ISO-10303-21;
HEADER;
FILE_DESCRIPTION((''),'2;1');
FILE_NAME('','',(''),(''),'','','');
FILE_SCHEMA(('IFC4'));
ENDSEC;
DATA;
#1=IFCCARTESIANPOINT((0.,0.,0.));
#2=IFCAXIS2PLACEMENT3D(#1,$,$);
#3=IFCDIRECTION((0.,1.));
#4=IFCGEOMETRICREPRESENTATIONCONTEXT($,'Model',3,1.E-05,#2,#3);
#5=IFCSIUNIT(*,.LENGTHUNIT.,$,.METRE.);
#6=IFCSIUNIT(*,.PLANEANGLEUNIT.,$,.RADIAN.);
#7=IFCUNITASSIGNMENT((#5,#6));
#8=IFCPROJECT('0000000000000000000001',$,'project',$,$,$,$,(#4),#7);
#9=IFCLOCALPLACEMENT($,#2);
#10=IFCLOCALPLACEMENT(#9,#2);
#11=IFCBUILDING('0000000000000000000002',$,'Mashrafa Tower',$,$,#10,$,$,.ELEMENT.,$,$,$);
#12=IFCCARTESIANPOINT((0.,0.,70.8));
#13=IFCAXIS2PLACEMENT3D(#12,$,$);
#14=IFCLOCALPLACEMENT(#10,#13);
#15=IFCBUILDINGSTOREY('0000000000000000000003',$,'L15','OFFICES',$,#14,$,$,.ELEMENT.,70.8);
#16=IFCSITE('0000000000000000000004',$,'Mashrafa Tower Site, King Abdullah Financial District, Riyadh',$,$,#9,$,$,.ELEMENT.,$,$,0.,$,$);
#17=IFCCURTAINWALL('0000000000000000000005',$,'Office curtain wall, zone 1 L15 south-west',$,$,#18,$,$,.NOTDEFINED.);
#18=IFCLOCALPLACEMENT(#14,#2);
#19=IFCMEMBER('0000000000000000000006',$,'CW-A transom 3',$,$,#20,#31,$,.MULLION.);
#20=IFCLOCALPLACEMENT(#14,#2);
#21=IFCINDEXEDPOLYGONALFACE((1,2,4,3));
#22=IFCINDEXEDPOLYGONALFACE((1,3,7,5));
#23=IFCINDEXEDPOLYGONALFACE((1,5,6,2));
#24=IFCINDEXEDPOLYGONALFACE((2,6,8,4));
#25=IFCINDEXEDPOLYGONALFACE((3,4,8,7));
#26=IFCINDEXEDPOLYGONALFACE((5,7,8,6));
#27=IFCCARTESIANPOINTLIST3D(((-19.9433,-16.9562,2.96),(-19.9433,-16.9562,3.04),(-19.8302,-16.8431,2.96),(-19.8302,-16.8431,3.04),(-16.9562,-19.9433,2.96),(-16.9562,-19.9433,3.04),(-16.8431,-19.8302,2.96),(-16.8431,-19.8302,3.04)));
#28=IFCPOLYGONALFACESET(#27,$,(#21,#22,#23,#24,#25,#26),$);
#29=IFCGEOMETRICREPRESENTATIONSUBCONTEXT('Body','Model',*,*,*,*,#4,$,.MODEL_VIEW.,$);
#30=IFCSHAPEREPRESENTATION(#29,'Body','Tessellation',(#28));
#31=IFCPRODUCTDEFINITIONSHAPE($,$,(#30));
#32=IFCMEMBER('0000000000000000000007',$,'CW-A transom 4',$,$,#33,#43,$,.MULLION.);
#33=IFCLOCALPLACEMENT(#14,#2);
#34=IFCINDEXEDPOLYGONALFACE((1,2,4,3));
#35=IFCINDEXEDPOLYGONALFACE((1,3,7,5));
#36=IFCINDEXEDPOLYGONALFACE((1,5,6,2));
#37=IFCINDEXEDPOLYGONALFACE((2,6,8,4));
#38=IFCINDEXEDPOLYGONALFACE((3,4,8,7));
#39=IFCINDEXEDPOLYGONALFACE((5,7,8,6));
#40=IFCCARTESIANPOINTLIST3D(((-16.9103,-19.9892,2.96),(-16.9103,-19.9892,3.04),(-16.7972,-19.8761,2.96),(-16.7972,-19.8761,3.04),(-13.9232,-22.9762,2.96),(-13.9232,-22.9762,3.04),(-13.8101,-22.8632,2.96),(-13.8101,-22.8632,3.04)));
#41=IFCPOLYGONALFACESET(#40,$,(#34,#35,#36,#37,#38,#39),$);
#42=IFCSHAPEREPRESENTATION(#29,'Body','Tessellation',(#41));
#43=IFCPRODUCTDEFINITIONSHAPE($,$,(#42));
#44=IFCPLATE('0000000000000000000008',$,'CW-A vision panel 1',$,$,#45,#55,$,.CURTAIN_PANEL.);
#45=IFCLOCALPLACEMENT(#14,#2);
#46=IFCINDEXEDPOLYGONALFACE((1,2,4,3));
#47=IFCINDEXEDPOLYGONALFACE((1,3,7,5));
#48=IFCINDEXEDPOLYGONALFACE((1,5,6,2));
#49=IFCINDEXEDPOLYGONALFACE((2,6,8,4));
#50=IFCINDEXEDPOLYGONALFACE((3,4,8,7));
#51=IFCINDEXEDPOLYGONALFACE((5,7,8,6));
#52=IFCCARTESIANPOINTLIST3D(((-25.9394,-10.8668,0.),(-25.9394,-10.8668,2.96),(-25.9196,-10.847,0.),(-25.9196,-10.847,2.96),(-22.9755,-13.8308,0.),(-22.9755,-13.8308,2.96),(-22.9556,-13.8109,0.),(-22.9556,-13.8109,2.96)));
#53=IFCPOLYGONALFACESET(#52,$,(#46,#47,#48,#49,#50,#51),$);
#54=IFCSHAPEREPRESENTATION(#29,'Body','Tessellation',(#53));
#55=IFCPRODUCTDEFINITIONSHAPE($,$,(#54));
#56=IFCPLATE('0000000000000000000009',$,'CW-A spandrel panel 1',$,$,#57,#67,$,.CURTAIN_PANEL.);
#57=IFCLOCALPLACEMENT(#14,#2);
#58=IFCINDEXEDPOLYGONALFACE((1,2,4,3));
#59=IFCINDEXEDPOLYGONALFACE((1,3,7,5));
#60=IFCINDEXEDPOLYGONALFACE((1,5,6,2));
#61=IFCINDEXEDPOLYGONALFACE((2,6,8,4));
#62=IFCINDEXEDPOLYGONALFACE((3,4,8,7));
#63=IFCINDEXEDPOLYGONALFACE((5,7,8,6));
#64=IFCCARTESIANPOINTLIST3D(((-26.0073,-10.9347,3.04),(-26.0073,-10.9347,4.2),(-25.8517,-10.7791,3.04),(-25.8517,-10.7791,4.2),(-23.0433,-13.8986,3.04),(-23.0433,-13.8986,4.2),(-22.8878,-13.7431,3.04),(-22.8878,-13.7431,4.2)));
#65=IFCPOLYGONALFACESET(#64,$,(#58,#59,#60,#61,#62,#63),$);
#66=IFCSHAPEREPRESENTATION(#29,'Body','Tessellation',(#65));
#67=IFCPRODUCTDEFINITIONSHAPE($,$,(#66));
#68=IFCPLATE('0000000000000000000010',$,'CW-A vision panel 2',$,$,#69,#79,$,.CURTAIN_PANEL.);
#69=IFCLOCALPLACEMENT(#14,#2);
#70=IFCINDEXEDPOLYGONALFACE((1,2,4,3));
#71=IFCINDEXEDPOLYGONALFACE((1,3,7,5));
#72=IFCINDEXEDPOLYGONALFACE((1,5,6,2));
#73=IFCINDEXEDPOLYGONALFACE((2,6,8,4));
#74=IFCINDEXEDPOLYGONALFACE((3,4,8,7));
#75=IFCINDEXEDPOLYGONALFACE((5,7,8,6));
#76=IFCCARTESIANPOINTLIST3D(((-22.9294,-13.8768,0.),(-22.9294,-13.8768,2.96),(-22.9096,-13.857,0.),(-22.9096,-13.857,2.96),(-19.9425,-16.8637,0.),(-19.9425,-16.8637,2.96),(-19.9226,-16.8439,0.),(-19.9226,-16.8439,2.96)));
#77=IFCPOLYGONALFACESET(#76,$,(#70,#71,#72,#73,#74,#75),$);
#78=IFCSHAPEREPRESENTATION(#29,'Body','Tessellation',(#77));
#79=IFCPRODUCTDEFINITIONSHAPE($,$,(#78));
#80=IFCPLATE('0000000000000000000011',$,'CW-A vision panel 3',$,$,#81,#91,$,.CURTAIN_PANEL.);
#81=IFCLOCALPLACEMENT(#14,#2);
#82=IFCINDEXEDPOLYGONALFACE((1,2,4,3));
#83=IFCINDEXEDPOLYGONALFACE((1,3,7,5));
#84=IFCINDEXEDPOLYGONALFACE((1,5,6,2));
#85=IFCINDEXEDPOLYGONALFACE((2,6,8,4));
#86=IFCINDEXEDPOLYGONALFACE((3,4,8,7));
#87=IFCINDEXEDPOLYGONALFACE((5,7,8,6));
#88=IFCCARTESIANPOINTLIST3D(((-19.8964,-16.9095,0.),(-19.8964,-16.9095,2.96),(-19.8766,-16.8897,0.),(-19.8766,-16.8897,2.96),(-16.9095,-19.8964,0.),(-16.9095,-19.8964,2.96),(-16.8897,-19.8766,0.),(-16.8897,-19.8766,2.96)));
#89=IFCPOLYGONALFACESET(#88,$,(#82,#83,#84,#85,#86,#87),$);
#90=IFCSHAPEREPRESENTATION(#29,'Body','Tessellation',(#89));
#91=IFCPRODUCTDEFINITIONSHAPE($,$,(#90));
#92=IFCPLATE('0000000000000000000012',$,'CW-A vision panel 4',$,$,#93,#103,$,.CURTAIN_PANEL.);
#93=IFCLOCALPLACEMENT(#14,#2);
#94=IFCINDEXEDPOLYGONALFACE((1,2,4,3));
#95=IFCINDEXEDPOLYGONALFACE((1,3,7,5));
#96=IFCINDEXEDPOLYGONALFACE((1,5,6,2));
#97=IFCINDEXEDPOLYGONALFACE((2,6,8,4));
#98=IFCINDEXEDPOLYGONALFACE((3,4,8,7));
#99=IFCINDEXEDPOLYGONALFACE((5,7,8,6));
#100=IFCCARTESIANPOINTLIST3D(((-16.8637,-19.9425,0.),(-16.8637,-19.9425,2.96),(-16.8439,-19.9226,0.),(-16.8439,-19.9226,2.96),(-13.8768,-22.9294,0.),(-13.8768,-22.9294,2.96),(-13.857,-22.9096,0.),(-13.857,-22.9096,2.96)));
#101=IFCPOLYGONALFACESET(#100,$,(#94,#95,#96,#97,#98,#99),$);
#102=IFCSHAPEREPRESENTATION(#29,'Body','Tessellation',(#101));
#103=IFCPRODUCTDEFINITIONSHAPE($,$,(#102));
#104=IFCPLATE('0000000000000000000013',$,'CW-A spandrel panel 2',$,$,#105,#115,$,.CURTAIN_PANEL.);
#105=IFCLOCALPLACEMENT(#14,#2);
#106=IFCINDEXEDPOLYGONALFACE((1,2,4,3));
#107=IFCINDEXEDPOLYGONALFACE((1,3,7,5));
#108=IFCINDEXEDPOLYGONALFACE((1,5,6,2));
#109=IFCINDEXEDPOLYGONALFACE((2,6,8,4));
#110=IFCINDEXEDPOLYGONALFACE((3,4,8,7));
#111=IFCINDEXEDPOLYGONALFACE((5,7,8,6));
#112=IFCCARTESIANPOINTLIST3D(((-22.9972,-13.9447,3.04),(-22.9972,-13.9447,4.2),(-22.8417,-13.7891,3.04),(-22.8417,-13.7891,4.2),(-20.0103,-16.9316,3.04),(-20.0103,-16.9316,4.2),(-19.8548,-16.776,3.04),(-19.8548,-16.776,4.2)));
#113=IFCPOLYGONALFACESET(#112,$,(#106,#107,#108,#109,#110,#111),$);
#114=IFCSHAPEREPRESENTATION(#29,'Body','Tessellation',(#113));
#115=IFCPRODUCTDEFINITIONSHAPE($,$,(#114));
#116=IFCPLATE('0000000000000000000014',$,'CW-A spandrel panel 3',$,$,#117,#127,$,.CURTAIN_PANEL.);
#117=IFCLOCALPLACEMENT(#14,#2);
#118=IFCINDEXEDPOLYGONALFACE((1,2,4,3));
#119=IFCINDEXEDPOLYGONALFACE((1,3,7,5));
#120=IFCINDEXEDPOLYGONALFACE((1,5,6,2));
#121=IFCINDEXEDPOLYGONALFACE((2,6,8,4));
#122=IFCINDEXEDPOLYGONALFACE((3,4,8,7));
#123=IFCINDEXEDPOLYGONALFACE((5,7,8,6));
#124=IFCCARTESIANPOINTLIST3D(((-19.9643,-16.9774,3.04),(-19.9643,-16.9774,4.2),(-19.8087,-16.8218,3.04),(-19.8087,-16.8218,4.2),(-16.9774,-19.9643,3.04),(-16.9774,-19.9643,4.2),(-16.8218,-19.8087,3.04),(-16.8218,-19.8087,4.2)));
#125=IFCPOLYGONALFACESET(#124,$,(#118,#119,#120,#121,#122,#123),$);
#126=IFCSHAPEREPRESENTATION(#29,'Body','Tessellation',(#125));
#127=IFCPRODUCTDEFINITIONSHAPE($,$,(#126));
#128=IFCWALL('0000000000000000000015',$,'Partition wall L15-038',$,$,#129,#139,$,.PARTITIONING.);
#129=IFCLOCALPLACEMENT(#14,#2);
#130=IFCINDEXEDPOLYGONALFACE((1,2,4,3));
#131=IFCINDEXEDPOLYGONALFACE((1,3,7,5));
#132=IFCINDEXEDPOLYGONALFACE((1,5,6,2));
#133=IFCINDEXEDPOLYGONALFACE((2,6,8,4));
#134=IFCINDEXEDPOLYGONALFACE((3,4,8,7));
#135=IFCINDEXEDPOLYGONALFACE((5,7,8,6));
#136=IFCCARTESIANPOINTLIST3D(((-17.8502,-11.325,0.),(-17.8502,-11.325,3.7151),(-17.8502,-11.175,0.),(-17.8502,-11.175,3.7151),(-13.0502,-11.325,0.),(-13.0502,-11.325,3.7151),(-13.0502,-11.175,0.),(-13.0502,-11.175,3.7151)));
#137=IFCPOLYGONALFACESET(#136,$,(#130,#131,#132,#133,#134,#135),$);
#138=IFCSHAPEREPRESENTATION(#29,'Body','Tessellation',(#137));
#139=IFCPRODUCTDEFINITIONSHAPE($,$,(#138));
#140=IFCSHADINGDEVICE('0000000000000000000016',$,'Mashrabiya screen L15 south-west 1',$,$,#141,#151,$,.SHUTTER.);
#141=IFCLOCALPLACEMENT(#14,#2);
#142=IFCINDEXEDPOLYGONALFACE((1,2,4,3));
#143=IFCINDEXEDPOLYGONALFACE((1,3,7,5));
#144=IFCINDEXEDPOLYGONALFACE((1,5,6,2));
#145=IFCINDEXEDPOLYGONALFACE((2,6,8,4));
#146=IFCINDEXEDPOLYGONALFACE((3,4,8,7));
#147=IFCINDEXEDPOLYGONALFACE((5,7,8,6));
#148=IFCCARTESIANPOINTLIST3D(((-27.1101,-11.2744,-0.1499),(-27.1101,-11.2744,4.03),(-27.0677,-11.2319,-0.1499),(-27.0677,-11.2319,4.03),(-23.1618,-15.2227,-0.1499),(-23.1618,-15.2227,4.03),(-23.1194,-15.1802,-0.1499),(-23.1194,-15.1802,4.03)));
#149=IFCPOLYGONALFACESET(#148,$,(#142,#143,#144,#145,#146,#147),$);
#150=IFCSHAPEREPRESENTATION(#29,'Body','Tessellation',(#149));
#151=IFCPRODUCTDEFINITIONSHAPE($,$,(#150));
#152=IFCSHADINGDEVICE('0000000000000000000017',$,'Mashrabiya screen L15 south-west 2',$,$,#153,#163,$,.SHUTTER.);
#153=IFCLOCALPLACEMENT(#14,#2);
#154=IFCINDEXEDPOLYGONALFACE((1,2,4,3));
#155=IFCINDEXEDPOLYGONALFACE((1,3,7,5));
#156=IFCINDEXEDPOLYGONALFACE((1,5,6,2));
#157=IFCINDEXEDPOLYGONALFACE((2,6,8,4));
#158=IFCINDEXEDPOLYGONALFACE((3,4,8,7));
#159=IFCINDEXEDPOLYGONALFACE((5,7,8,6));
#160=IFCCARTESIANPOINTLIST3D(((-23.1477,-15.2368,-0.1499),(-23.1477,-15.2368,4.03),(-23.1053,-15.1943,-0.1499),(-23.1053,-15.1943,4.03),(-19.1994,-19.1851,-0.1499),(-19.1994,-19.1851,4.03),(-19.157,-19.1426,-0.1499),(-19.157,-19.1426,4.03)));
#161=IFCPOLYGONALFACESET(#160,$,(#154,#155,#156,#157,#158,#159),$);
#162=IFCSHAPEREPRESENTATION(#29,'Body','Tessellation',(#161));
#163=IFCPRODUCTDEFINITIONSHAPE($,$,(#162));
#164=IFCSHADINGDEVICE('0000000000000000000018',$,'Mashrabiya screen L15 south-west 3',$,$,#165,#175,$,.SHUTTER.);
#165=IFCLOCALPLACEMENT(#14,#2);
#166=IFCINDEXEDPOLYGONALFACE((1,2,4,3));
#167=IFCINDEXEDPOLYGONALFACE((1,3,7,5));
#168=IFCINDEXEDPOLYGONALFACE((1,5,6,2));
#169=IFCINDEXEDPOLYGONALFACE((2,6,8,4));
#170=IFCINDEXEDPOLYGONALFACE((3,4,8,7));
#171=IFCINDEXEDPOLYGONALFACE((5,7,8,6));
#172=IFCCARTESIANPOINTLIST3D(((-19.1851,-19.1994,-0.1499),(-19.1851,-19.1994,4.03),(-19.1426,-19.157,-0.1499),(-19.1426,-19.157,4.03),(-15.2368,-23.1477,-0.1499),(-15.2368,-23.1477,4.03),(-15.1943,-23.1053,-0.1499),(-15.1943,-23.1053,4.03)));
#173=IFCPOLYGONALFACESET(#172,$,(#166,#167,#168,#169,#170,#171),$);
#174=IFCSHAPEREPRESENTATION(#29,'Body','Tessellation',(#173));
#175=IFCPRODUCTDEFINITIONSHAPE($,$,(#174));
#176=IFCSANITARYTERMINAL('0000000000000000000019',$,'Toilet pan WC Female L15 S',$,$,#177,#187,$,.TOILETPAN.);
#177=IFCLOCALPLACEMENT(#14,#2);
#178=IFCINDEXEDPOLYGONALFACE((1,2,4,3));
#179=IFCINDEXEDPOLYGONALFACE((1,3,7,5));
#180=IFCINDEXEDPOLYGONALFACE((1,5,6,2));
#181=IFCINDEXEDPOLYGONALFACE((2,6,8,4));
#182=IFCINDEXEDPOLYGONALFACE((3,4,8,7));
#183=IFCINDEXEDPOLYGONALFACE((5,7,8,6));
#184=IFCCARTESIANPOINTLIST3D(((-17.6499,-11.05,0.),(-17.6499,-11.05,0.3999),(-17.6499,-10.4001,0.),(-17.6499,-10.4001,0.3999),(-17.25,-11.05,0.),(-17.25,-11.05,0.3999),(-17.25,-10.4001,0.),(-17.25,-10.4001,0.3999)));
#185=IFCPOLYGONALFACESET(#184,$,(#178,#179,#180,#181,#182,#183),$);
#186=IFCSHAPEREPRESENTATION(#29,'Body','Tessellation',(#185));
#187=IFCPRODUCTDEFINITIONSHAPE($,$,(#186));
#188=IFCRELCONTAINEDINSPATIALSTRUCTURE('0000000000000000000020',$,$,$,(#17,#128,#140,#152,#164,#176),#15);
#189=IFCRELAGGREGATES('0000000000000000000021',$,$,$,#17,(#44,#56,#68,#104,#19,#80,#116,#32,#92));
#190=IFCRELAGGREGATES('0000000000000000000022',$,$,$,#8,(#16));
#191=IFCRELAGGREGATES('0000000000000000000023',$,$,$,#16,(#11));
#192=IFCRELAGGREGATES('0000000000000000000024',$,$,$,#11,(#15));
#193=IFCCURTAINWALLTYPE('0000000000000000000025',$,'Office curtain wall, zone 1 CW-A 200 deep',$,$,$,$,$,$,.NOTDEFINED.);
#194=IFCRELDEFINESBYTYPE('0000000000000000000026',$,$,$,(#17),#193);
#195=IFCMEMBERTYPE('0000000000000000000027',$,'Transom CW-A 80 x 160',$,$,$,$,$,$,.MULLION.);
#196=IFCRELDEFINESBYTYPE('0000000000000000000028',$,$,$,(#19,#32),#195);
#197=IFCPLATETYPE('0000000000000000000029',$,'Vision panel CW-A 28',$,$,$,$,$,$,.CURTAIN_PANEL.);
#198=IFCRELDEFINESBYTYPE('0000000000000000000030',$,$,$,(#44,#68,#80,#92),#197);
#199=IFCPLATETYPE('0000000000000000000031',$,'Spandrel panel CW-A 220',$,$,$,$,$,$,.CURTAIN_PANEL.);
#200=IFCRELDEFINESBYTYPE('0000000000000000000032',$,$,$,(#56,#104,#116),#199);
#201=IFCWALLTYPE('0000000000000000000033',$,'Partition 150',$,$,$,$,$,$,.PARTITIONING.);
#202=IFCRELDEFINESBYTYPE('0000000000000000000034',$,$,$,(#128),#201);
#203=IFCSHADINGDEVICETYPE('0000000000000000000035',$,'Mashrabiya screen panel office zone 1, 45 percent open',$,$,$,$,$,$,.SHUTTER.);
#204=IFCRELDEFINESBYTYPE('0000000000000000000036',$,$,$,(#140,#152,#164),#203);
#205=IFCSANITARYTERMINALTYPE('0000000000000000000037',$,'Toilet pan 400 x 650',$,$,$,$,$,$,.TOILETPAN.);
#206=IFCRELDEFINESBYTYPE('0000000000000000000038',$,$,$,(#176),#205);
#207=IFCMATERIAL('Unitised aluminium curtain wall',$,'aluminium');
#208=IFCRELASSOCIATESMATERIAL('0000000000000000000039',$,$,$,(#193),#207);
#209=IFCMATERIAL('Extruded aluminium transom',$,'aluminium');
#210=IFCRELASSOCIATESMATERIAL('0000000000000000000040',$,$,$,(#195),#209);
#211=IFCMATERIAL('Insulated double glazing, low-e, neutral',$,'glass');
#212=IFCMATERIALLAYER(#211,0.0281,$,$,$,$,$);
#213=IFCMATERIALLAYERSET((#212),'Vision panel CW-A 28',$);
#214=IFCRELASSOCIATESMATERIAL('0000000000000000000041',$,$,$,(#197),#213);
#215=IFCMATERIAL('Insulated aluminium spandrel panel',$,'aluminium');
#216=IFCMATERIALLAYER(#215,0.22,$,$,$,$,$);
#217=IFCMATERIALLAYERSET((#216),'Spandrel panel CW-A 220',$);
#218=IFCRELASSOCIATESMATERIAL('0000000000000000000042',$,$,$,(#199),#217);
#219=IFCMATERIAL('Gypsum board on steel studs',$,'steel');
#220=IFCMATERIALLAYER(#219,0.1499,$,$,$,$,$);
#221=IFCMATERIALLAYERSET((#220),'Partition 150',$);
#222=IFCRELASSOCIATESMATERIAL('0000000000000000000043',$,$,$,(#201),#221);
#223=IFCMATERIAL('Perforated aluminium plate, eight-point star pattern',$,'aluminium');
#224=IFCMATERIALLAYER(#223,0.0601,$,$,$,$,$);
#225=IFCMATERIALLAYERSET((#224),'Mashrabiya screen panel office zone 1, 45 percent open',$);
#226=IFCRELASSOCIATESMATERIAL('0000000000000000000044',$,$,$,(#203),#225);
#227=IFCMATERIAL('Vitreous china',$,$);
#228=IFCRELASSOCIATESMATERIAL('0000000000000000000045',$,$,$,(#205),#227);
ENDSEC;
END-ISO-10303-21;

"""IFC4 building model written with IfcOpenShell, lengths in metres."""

from ifc_helpers import new_model, si_unit, direction, frame, frame_2d, origin, origin_2d, place, context, subcontext, project, spatial, rectangle, extrude, source, transform, mapped, material, layer, layer_set, material_profile, profile_set, type_object, type_shapes, element, aggregate, save


model = new_model("IFC4")

# Units and contexts
model_context = context("Model", 3, precision=1e-05, world=origin(), true_north=direction((0.0, 1.0)))
body_context = subcontext(model_context, "Body", "Model", "MODEL_VIEW")
ifc_project = project(units=[si_unit("LENGTHUNIT", "METRE"), si_unit("PLANEANGLEUNIT", "RADIAN")], contexts=[model_context])

# Site, building, storey
site_placement = place(None, origin())
site = spatial("IfcSite", under=ifc_project, at=site_placement, Name="Mashrafa Tower Site, King Abdullah Financial District, Riyadh", CompositionType="ELEMENT", RefElevation=0.0)
building_placement = place(site_placement, origin())
building = spatial("IfcBuilding", under=site, at=building_placement, Name="Mashrafa Tower", CompositionType="ELEMENT")
storey_placement = place(building_placement, frame((0.0, 0.0, 70.8)))
storey = spatial("IfcBuildingStorey", under=building, at=storey_placement, Name="L15", Description="OFFICES", CompositionType="ELEMENT", Elevation=70.8)

# Shared definitions
ifc_material_1 = material(Name="Unitised aluminium curtain wall", Category="aluminium")
curtain_wall_type = type_object("IfcCurtainWallType", Name="Office curtain wall, zone 1 CW-A 200 deep", PredefinedType="NOTDEFINED", material=ifc_material_1)

# Curtain wall, members, plates
curtain_wall_1_placement = place(storey_placement, origin())
curtain_wall_1 = element("IfcCurtainWall", 1, at=curtain_wall_1_placement, inside=storey, type_object=curtain_wall_type, Name="Office curtain wall, zone 1 L15 south-west", PredefinedType="NOTDEFINED")
ifc_material_2 = material(Name="Extruded aluminium transom", Category="aluminium")
ifc_material_profile_1 = material_profile(ifc_material_2, rectangle(XDim=0.1599, YDim=0.0801, at=origin_2d()), Name="Transom 80x160")
ifc_profile_set_1 = profile_set([ifc_material_profile_1], Name="Extruded aluminium transom")
member_type_1 = type_object("IfcMemberType", Name="Transom CW-A 80 x 160", PredefinedType="MULLION", material=ifc_profile_set_1)
shared_shape_1 = source(origin(), body_context, "Body", "SweptSolid", [
    extrude(rectangle(XDim=0.1599, YDim=0.0801, at=origin_2d()), origin(), (0.0, 0.0, 1.0), 4.2244),
])
member_1_placement = place(storey_placement, frame((-19.8867, -16.8997, 3.0), z_axis=(0.707107, -0.707107, 0.0), x_axis=(0.707107, 0.707107, 0.0)))
member_1 = element("IfcMember", 2, at=member_1_placement, type_object=member_type_1, Name="CW-A transom 3", PredefinedType="MULLION", context=body_context, shape_type="MappedRepresentation", body=[
    mapped(shared_shape_1, transform((0.0, 0.0, 0.0))),
])
member_2_placement = place(storey_placement, frame((-16.8538, -19.9326, 3.0), z_axis=(0.707107, -0.707107, 0.0), x_axis=(0.707107, 0.707107, 0.0)))
member_2 = element("IfcMember", 3, at=member_2_placement, type_object=member_type_1, Name="CW-A transom 4", PredefinedType="MULLION", context=body_context, shape_type="MappedRepresentation", body=[
    mapped(shared_shape_1, transform((0.0, 0.0, 0.0))),
])
ifc_material_3 = material(Name="Insulated double glazing, low-e, neutral", Category="glass")
ifc_layer_1 = layer(ifc_material_3, 0.0281)
ifc_layer_set_1 = layer_set([ifc_layer_1], Name="Vision panel CW-A 28")
plate_type_1 = type_object("IfcPlateType", Name="Vision panel CW-A 28", PredefinedType="CURTAIN_PANEL", material=ifc_layer_set_1)
shared_shape_2 = source(origin(), body_context, "Body", "SweptSolid", [
    extrude(rectangle(XDim=4.1917, YDim=0.0281, at=origin_2d()), origin(), (0.0, 0.0, 1.0), 2.96),
])
plate_1_placement = place(storey_placement, frame((-24.4475, -12.3389, 0.0), z_axis=(0.0, 0.0, 1.0), x_axis=(0.707107, -0.707107, 0.0)))
plate_1 = element("IfcPlate", 4, at=plate_1_placement, type_object=plate_type_1, Name="CW-A vision panel 1", PredefinedType="CURTAIN_PANEL", context=body_context, shape_type="MappedRepresentation", body=[
    mapped(shared_shape_2, transform((0.0, 0.0, 0.0))),
])
ifc_material_4 = material(Name="Insulated aluminium spandrel panel", Category="aluminium")
ifc_layer_2 = layer(ifc_material_4, 0.22)
ifc_layer_set_2 = layer_set([ifc_layer_2], Name="Spandrel panel CW-A 220")
plate_type_2 = type_object("IfcPlateType", Name="Spandrel panel CW-A 220", PredefinedType="CURTAIN_PANEL", material=ifc_layer_set_2)
shared_shape_3 = source(origin(), body_context, "Body", "SweptSolid", [
    extrude(rectangle(XDim=4.1917, YDim=0.22, at=origin_2d()), origin(), (0.0, 0.0, 1.0), 1.1599),
])
plate_2_placement = place(storey_placement, frame((-24.4475, -12.3389, 3.04), z_axis=(0.0, 0.0, 1.0), x_axis=(0.707107, -0.707107, 0.0)))
plate_2 = element("IfcPlate", 5, at=plate_2_placement, type_object=plate_type_2, Name="CW-A spandrel panel 1", PredefinedType="CURTAIN_PANEL", context=body_context, shape_type="MappedRepresentation", body=[
    mapped(shared_shape_3, transform((0.0, 0.0, 0.0))),
])
shared_shape_4 = source(origin(), body_context, "Body", "SweptSolid", [
    extrude(rectangle(XDim=4.2241, YDim=0.0281, at=origin_2d()), origin(), (0.0, 0.0, 1.0), 2.96),
])
type_shapes(plate_type_1, [shared_shape_2, shared_shape_4])
plate_3_placement = place(storey_placement, frame((-21.426, -15.3604, 0.0), z_axis=(0.0, 0.0, 1.0), x_axis=(0.707107, -0.707107, 0.0)))
plate_3 = element("IfcPlate", 6, at=plate_3_placement, type_object=plate_type_1, Name="CW-A vision panel 2", PredefinedType="CURTAIN_PANEL", context=body_context, shape_type="MappedRepresentation", body=[
    mapped(shared_shape_4, transform((0.0, 0.0, 0.0))),
])
plate_4_placement = place(storey_placement, frame((-18.3931, -18.3931, 0.0), z_axis=(0.0, 0.0, 1.0), x_axis=(0.707107, -0.707107, 0.0)))
plate_4 = element("IfcPlate", 7, at=plate_4_placement, type_object=plate_type_1, Name="CW-A vision panel 3", PredefinedType="CURTAIN_PANEL", context=body_context, shape_type="MappedRepresentation", body=[
    mapped(shared_shape_4, transform((0.0, 0.0, 0.0))),
])
plate_5_placement = place(storey_placement, frame((-15.3604, -21.426, 0.0), z_axis=(0.0, 0.0, 1.0), x_axis=(0.707107, -0.707107, 0.0)))
plate_5 = element("IfcPlate", 8, at=plate_5_placement, type_object=plate_type_1, Name="CW-A vision panel 4", PredefinedType="CURTAIN_PANEL", context=body_context, shape_type="MappedRepresentation", body=[
    mapped(shared_shape_4, transform((0.0, 0.0, 0.0))),
])
shared_shape_5 = source(origin(), body_context, "Body", "SweptSolid", [
    extrude(rectangle(XDim=4.2241, YDim=0.22, at=origin_2d()), origin(), (0.0, 0.0, 1.0), 1.1599),
])
type_shapes(plate_type_2, [shared_shape_3, shared_shape_5])
plate_6_placement = place(storey_placement, frame((-21.426, -15.3604, 3.04), z_axis=(0.0, 0.0, 1.0), x_axis=(0.707107, -0.707107, 0.0)))
plate_6 = element("IfcPlate", 9, at=plate_6_placement, type_object=plate_type_2, Name="CW-A spandrel panel 2", PredefinedType="CURTAIN_PANEL", context=body_context, shape_type="MappedRepresentation", body=[
    mapped(shared_shape_5, transform((0.0, 0.0, 0.0))),
])
plate_7_placement = place(storey_placement, frame((-18.3931, -18.3931, 3.04), z_axis=(0.0, 0.0, 1.0), x_axis=(0.707107, -0.707107, 0.0)))
plate_7 = element("IfcPlate", 10, at=plate_7_placement, type_object=plate_type_2, Name="CW-A spandrel panel 3", PredefinedType="CURTAIN_PANEL", context=body_context, shape_type="MappedRepresentation", body=[
    mapped(shared_shape_5, transform((0.0, 0.0, 0.0))),
])
aggregate(curtain_wall_1, [plate_1, plate_2, plate_3, plate_6, member_1, plate_4, plate_7, member_2, plate_5])

# Wall
ifc_material_5 = material(Name="Gypsum board on steel studs", Category="steel")
ifc_layer_3 = layer(ifc_material_5, 0.1499)
ifc_layer_set_3 = layer_set([ifc_layer_3], Name="Partition 150")
wall_type = type_object("IfcWallType", Name="Partition 150", PredefinedType="PARTITIONING", material=ifc_layer_set_3)
wall_placement = place(storey_placement, frame((-17.8501, -11.25, 0.0), z_axis=(0.0, 0.0, 1.0), x_axis=(1.0, 0.0, 0.0)))
element("IfcWall", 11, at=wall_placement, inside=storey, type_object=wall_type, Name="Partition wall L15-038", PredefinedType="PARTITIONING", context=body_context, shape_type="SweptSolid", body=[
    extrude(rectangle(XDim=4.8, YDim=0.1499, at=frame_2d((2.3999, 0.0))), origin(), (0.0, 0.0, 1.0), 3.7151),
])

# Shading devices
ifc_material_6 = material(Name="Perforated aluminium plate, eight-point star pattern", Category="aluminium")
ifc_layer_4 = layer(ifc_material_6, 0.0601)
ifc_layer_set_4 = layer_set([ifc_layer_4], Name="Mashrabiya screen panel office zone 1, 45 percent open")
shading_device_type = type_object("IfcShadingDeviceType", Name="Mashrabiya screen panel office zone 1, 45 percent open", PredefinedType="SHUTTER", material=ifc_layer_set_4)
shared_shape_6 = source(origin(), body_context, "Body", "SweptSolid", [
    extrude(rectangle(XDim=5.5837, YDim=0.0601, at=origin_2d()), origin(), (0.0, 0.0, 1.0), 4.1799),
])
type_shapes(shading_device_type, [shared_shape_6])
for number, where, z_axis, x_axis, name in (
    (12, (-25.1147, -13.2273, -0.1499), (0.0, 0.0, 1.0), (0.707107, -0.707107, 0.0), "Mashrabiya screen L15 south-west 1"),
    (13, (-21.1523, -17.1897, -0.1499), (0.0, 0.0, 1.0), (0.707107, -0.707107, 0.0), "Mashrabiya screen L15 south-west 2"),
    (14, (-17.1897, -21.1523, -0.1499), (0.0, 0.0, 1.0), (0.707107, -0.707107, 0.0), "Mashrabiya screen L15 south-west 3"),
):
    element("IfcShadingDevice", number, at=place(storey_placement, frame(where, z_axis=z_axis, x_axis=x_axis)), inside=storey, type_object=shading_device_type, Name=name, PredefinedType="SHUTTER", context=body_context, shape_type="MappedRepresentation", body=[
        mapped(shared_shape_6, transform((0.0, 0.0, 0.0))),
    ])

# Sanitary terminal
ifc_material_7 = material(Name="Vitreous china")
sanitary_terminal_type_1 = type_object("IfcSanitaryTerminalType", Name="Toilet pan 400 x 650", PredefinedType="TOILETPAN", material=ifc_material_7)
sanitary_terminal_1_placement = place(storey_placement, frame((-17.45, -10.7251, 0.0), z_axis=(0.0, 0.0, 1.0), x_axis=(1.0, 0.0, 0.0)))
element("IfcSanitaryTerminal", 15, at=sanitary_terminal_1_placement, inside=storey, type_object=sanitary_terminal_type_1, Name="Toilet pan WC Female L15 S", PredefinedType="TOILETPAN", context=body_context, shape_type="SweptSolid", body=[
    extrude(rectangle(XDim=0.3999, YDim=0.6499, at=origin_2d()), origin(), (0.0, 0.0, 1.0), 0.3999),
])

save(model, "model.ifc")
